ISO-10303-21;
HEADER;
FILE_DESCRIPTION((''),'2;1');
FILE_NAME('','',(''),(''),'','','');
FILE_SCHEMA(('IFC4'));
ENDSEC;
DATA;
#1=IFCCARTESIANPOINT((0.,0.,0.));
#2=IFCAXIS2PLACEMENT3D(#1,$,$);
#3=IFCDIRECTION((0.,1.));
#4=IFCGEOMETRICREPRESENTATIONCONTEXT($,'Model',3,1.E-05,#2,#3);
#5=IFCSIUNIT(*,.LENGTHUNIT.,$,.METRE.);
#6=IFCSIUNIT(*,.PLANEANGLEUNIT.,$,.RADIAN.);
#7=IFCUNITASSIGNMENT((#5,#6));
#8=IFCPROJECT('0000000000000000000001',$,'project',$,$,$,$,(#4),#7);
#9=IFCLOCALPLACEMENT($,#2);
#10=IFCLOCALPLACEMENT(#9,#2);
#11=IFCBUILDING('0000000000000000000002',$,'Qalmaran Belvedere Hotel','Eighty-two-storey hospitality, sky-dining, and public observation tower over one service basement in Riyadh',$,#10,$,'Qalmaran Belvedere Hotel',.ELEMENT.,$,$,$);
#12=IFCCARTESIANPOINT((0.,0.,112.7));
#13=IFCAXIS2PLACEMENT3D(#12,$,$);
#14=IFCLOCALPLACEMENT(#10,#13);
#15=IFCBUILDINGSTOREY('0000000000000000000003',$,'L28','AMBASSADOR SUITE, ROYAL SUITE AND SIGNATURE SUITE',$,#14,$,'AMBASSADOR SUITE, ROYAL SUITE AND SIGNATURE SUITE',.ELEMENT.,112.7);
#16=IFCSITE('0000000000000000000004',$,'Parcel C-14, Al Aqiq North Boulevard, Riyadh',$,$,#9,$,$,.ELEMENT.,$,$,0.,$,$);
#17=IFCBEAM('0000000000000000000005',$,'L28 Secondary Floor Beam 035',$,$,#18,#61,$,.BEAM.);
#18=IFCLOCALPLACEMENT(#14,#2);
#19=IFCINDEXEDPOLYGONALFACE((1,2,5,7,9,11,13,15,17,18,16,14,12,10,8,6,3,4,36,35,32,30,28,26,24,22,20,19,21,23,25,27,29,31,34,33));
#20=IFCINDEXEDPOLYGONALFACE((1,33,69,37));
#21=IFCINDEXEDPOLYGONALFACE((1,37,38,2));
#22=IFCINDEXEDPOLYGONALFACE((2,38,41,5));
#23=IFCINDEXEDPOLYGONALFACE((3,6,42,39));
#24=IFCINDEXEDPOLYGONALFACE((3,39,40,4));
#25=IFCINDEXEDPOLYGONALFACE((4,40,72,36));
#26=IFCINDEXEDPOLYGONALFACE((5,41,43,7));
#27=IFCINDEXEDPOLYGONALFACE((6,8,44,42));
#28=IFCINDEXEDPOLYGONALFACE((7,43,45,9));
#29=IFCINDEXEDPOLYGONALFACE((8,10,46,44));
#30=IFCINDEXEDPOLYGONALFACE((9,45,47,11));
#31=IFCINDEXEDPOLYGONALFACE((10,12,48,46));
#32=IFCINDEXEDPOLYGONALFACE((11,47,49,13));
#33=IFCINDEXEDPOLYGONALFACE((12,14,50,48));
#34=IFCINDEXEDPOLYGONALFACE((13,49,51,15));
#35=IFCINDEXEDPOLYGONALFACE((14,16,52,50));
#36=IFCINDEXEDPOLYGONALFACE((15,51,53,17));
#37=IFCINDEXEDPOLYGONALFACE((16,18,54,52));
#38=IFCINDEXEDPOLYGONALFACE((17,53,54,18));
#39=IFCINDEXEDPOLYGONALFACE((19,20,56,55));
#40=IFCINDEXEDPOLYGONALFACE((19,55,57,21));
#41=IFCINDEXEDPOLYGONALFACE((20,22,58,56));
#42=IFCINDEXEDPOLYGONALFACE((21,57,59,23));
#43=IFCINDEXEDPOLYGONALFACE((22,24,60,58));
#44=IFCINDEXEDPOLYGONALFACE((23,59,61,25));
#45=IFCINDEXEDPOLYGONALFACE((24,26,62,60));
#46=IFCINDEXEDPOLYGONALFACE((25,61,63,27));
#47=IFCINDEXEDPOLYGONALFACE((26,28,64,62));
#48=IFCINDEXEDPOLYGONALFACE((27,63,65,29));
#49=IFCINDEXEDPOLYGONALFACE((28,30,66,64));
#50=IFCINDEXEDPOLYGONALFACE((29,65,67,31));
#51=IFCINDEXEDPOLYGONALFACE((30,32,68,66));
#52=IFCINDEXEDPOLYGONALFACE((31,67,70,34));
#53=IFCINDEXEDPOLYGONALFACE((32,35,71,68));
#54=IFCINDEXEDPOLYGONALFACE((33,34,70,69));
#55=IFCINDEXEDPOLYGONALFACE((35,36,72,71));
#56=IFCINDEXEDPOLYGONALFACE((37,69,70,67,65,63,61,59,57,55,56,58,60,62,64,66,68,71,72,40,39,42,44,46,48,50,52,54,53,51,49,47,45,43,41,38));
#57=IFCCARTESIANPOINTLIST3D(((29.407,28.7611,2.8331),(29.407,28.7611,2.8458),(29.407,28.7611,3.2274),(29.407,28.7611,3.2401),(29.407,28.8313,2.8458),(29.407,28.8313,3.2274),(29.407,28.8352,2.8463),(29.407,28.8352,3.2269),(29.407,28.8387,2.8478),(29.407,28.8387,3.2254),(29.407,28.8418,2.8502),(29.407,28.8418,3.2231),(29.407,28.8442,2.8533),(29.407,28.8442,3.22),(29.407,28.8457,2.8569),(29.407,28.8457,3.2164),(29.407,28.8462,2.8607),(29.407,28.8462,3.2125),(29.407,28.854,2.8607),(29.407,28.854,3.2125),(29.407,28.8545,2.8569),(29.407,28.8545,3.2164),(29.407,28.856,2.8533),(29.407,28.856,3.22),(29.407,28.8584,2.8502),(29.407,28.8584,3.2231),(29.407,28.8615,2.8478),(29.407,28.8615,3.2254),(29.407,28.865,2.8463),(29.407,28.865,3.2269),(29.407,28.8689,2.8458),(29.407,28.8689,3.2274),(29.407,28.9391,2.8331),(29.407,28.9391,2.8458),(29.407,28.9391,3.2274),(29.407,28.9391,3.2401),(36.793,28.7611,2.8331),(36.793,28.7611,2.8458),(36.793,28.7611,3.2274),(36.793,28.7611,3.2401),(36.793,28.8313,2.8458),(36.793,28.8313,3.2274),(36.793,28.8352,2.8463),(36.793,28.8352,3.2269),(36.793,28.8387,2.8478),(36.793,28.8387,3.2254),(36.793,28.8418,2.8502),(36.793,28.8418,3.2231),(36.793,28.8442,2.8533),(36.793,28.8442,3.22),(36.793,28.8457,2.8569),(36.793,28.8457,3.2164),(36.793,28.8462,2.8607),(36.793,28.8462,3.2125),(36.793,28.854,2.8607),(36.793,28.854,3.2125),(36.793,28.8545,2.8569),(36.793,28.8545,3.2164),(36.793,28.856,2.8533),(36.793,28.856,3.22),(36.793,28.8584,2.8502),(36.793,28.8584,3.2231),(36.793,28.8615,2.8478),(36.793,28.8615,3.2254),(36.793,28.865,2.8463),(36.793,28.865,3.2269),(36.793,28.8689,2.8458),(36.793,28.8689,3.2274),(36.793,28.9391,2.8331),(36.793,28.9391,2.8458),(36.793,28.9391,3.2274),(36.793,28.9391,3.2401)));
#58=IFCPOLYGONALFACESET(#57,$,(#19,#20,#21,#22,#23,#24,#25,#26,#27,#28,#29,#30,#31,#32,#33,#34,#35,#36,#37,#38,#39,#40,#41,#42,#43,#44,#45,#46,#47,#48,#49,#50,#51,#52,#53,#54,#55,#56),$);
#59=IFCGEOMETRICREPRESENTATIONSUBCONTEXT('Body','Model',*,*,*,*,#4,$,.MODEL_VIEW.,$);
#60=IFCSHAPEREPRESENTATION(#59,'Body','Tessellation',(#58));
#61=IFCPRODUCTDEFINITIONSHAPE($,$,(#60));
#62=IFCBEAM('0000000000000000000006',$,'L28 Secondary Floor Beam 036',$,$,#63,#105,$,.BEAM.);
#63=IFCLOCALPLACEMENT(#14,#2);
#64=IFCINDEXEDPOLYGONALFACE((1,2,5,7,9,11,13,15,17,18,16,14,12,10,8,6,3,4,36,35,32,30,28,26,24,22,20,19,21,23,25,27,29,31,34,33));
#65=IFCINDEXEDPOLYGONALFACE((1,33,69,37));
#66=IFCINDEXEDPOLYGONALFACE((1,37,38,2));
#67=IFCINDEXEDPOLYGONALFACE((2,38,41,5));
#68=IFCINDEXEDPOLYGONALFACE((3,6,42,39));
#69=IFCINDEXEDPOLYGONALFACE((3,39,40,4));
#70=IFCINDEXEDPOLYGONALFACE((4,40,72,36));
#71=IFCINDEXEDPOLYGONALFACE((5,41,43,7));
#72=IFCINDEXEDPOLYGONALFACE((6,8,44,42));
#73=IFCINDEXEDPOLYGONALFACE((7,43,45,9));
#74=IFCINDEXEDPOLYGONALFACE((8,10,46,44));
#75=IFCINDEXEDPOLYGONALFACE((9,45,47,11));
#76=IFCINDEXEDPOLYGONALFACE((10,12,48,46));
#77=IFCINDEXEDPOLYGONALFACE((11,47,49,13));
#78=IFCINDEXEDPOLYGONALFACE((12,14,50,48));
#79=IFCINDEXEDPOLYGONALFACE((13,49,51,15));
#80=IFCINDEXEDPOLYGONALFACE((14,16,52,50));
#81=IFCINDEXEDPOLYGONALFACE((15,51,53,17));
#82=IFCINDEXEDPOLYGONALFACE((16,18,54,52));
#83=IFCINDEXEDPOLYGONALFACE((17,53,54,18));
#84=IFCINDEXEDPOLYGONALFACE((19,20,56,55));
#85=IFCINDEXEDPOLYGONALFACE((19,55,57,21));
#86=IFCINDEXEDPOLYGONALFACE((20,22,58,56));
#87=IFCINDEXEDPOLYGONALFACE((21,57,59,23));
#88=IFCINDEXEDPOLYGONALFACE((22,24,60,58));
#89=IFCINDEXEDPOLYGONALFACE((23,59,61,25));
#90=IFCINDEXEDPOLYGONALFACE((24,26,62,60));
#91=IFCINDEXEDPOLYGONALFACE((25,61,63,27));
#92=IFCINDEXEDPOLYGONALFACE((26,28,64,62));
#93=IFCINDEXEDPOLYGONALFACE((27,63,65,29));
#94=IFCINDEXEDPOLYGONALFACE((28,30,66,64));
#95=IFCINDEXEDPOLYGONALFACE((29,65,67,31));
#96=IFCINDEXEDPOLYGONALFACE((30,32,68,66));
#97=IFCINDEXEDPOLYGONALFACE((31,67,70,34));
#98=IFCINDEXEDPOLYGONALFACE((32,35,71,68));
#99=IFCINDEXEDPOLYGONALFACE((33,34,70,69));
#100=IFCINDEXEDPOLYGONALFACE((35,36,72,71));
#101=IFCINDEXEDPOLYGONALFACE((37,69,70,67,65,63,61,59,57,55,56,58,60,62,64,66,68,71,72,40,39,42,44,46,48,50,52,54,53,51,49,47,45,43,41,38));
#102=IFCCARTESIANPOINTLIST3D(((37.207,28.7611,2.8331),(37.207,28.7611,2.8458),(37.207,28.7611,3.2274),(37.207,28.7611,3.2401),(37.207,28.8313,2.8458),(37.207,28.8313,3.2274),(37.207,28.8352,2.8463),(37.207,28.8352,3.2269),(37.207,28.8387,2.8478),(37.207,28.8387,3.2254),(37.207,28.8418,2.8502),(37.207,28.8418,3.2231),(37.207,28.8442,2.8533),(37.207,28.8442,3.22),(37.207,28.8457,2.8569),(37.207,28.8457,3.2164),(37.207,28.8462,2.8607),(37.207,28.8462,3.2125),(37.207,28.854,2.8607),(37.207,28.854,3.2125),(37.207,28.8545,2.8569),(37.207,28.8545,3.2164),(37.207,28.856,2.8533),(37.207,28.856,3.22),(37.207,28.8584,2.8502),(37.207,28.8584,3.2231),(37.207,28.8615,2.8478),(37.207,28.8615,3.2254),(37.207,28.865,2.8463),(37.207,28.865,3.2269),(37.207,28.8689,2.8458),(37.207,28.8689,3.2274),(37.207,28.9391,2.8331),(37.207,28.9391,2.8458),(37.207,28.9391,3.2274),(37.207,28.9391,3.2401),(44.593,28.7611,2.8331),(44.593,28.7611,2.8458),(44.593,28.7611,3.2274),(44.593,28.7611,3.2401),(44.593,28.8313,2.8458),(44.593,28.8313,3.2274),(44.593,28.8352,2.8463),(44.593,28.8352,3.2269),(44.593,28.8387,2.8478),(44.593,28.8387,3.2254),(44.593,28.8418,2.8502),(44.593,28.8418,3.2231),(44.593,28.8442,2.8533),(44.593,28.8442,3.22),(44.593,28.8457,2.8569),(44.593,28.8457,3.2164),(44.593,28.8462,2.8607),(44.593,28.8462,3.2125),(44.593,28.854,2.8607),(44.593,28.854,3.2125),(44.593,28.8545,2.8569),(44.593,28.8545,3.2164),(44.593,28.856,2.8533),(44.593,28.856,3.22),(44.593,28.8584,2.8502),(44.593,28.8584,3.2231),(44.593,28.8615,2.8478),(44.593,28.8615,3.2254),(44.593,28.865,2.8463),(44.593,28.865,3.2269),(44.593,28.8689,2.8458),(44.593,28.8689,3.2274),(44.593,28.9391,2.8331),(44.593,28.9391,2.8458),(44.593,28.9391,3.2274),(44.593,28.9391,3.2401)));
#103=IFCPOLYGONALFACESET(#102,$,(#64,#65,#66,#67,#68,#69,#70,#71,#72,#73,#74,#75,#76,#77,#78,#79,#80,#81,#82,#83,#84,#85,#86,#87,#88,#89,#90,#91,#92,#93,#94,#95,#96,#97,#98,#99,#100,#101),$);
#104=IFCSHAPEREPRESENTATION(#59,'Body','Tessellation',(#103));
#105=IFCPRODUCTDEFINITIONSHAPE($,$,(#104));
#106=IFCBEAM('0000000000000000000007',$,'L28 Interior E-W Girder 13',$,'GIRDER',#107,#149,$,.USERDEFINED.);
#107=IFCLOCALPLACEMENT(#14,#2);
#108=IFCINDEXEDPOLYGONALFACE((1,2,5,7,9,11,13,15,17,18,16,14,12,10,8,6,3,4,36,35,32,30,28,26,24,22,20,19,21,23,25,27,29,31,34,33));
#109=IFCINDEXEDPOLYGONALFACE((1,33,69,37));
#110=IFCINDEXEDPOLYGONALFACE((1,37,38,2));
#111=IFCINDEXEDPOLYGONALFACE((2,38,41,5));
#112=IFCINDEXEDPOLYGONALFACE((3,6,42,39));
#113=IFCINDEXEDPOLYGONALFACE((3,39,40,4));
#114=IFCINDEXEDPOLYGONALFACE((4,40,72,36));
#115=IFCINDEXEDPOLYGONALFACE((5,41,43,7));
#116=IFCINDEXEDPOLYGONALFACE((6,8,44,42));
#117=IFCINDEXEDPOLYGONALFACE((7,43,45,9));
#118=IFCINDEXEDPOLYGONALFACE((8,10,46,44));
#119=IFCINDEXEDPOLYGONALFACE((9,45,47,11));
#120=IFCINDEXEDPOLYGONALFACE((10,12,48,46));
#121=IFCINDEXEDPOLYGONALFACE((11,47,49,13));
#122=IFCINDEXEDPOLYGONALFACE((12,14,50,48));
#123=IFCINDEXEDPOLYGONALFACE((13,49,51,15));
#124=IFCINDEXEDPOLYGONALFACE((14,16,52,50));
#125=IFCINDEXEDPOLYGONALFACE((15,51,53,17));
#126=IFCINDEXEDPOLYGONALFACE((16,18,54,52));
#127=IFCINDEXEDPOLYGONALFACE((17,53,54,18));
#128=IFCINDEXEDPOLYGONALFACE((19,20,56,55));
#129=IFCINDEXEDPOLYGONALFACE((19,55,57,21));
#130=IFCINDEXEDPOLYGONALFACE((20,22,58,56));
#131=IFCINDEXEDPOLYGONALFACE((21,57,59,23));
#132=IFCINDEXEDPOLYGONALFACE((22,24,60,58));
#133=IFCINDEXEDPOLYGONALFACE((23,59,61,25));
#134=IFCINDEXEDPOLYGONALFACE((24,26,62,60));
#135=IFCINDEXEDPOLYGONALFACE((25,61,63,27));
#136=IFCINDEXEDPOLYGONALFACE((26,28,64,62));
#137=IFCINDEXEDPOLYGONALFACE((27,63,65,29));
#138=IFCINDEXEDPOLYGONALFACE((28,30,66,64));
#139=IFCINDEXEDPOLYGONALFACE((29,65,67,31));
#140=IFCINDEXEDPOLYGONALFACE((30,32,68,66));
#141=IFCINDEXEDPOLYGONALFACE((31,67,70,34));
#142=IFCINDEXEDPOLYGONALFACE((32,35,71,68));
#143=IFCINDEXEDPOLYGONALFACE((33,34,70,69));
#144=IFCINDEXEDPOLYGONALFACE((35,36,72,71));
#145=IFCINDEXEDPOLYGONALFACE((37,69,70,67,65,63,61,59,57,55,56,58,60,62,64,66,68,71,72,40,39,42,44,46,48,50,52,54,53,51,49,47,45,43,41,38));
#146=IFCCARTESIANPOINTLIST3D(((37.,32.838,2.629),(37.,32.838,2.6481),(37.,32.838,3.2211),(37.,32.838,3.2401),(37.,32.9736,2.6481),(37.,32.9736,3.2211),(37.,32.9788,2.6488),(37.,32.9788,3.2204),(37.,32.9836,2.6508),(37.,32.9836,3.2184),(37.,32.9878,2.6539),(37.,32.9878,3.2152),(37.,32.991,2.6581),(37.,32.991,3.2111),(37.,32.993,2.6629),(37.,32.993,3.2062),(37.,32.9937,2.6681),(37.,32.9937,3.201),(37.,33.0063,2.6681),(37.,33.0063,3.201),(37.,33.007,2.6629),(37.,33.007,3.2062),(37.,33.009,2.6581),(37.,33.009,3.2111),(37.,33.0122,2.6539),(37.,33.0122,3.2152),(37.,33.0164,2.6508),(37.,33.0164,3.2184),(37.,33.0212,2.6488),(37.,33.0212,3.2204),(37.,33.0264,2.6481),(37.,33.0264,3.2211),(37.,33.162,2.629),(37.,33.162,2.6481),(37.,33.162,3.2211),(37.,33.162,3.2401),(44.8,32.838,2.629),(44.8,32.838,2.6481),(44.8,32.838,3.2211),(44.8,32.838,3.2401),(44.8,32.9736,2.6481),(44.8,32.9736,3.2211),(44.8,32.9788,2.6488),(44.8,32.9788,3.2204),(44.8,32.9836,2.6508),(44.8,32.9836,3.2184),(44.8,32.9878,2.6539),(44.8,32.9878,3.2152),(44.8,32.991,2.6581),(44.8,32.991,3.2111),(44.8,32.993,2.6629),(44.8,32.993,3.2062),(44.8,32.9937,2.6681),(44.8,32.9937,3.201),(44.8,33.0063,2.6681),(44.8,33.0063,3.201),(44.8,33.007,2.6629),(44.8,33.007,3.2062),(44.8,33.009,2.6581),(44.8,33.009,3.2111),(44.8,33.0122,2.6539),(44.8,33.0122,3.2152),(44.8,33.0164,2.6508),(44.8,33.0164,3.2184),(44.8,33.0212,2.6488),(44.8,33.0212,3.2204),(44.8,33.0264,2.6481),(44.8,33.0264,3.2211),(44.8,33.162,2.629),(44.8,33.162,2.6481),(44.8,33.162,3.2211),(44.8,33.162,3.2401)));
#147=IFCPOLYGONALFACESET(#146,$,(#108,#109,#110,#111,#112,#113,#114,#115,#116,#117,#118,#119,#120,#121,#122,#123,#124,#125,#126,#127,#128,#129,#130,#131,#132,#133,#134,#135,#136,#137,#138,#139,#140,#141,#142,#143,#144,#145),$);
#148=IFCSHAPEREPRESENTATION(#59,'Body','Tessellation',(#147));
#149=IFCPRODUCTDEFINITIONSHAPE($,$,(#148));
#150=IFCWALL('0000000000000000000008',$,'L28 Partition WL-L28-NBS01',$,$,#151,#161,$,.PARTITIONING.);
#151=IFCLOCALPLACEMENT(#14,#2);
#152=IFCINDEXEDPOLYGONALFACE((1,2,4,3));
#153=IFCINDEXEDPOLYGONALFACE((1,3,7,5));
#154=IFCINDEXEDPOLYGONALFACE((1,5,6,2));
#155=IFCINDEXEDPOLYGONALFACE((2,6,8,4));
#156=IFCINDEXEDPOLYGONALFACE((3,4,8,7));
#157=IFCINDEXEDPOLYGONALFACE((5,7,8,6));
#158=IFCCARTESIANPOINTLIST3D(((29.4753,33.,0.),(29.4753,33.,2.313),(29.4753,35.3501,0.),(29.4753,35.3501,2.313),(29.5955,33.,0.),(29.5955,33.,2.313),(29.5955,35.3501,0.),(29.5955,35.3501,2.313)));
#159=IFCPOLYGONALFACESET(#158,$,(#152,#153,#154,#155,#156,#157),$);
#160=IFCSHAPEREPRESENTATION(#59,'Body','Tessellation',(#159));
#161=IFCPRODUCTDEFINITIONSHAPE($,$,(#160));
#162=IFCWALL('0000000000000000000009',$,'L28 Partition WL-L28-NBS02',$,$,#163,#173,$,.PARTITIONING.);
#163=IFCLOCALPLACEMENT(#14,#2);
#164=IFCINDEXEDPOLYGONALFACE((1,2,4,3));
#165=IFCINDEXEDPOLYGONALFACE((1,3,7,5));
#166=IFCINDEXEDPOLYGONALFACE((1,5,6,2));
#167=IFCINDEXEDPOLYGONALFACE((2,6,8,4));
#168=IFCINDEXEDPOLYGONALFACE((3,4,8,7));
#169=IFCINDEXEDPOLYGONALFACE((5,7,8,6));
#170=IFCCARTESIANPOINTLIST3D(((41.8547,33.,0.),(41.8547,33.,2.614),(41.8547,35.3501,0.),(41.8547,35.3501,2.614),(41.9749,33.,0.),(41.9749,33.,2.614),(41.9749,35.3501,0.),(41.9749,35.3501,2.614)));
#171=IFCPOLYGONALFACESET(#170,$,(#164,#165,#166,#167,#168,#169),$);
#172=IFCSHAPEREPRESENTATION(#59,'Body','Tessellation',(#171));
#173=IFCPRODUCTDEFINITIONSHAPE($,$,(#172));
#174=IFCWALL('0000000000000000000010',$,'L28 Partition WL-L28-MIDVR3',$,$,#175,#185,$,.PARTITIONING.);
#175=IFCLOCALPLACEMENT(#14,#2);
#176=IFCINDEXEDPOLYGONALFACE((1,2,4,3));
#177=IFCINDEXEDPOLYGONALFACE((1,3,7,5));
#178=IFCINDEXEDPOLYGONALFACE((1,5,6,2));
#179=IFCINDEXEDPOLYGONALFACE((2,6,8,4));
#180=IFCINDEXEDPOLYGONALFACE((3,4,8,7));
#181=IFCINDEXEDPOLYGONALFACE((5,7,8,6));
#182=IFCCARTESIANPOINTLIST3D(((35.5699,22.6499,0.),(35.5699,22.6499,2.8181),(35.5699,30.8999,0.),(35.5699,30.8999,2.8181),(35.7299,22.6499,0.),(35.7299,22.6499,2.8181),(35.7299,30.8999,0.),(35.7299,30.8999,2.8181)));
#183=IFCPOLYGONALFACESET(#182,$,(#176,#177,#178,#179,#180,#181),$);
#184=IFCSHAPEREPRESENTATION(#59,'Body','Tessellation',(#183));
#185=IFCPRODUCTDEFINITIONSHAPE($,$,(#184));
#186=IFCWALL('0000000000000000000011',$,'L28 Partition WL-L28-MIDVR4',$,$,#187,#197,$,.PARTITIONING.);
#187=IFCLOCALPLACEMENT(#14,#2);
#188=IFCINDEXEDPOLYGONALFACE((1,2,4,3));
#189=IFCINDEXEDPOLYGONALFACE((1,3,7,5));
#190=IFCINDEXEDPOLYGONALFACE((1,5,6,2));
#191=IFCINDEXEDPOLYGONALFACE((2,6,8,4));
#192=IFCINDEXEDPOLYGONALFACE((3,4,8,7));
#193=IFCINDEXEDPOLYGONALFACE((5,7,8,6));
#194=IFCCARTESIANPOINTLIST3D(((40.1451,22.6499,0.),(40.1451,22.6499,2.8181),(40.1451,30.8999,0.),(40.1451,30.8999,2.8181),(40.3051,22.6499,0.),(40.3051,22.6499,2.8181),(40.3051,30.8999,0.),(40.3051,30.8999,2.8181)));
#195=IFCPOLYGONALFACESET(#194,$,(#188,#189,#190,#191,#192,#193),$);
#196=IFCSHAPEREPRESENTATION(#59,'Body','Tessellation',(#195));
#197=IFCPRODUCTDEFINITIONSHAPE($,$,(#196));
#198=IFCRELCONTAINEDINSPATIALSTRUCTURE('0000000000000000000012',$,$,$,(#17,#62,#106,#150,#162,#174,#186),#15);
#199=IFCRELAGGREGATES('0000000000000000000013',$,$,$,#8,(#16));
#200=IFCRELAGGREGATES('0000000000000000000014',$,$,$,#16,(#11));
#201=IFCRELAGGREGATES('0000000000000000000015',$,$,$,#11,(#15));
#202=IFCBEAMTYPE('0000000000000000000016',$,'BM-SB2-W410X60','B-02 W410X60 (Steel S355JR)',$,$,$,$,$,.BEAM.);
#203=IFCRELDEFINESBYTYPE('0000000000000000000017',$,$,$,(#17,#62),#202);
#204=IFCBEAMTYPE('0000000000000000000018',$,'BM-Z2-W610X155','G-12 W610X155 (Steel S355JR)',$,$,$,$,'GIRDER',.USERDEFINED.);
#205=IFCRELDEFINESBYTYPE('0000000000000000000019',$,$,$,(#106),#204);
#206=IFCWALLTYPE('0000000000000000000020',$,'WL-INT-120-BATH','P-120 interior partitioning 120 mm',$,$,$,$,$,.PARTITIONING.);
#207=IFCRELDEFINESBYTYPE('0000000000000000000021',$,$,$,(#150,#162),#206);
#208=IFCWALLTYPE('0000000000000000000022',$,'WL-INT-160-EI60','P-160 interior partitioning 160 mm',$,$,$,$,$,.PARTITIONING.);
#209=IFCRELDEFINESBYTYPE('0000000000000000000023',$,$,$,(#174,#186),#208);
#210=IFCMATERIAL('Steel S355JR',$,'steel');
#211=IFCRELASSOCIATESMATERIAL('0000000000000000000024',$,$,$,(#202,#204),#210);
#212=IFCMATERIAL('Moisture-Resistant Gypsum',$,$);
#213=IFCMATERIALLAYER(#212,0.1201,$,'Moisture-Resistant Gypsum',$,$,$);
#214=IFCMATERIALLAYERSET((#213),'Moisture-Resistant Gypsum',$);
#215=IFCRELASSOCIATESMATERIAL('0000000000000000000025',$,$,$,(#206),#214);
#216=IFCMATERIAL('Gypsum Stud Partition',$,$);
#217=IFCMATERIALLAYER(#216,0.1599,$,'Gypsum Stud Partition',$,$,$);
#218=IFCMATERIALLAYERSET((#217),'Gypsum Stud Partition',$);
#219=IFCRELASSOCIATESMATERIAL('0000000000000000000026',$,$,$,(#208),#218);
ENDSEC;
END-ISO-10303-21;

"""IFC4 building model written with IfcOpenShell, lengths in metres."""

from ifc_helpers import new_model, si_unit, direction, frame, frame_2d, origin, origin_2d, place, context, subcontext, project, spatial, rectangle, i_section, extrude, material, layer, layer_set, material_profile, profile_set, type_object, element, save


model = new_model("IFC4")

# Units and contexts
model_context = context("Model", 3, precision=1e-05, world=origin(), true_north=direction((0.0, 1.0)))
body_context = subcontext(model_context, "Body", "Model", "MODEL_VIEW")
ifc_project = project(units=[si_unit("LENGTHUNIT", "METRE"), si_unit("PLANEANGLEUNIT", "RADIAN")], contexts=[model_context])

# Site, building, storey
site_placement = place(None, origin())
site = spatial("IfcSite", under=ifc_project, at=site_placement, Name="Parcel C-14, Al Aqiq North Boulevard, Riyadh", CompositionType="ELEMENT", RefElevation=0.0)
building_placement = place(site_placement, origin())
building = spatial("IfcBuilding", under=site, at=building_placement, Name="Qalmaran Belvedere Hotel", Description="Eighty-two-storey hospitality, sky-dining, and public observation tower over one service basement in Riyadh", LongName="Qalmaran Belvedere Hotel", CompositionType="ELEMENT")
storey_placement = place(building_placement, frame((0.0, 0.0, 112.7)))
storey = spatial("IfcBuildingStorey", under=building, at=storey_placement, Name="L28", Description="AMBASSADOR SUITE, ROYAL SUITE AND SIGNATURE SUITE", LongName="AMBASSADOR SUITE, ROYAL SUITE AND SIGNATURE SUITE", CompositionType="ELEMENT", Elevation=112.7)

# Beams
ifc_material_1 = material(Name="Steel S355JR", Category="steel")
ifc_material_profile_1 = material_profile(ifc_material_1, i_section(OverallWidth=0.178, OverallDepth=0.407, WebThickness=0.0078, FlangeThickness=0.0127, FilletRadius=0.0149, at=origin_2d()), Name="W410X60")
ifc_profile_set_1 = profile_set([ifc_material_profile_1], Name="Steel S355JR")
beam_type_1 = type_object("IfcBeamType", Name="BM-SB2-W410X60", Description="B-02 W410X60 (Steel S355JR)", PredefinedType="BEAM", material=ifc_profile_set_1)
for number, where, z_axis, x_axis, name in (
    (1, (29.407, 28.8501, 3.0366), (1.0, 0.0, 0.0), (0.0, 1.0, 0.0), "L28 Secondary Floor Beam 035"),
    (2, (37.207, 28.8501, 3.0366), (1.0, 0.0, 0.0), (0.0, 1.0, 0.0), "L28 Secondary Floor Beam 036"),
):
    element("IfcBeam", number, at=place(storey_placement, frame(where, z_axis=z_axis, x_axis=x_axis)), inside=storey, type_object=beam_type_1, Name=name, PredefinedType="BEAM", context=body_context, shape_type="SweptSolid", body=[
        extrude(i_section(OverallWidth=0.178, OverallDepth=0.407, WebThickness=0.0078, FlangeThickness=0.0127, FilletRadius=0.0149, at=origin_2d()), origin(), (0.0, 0.0, 1.0), 7.386),
    ])
ifc_material_profile_2 = material_profile(ifc_material_1, i_section(OverallWidth=0.324, OverallDepth=0.6111, WebThickness=0.0127, FlangeThickness=0.019, FilletRadius=0.02, at=origin_2d()), Name="W610X155")
ifc_profile_set_2 = profile_set([ifc_material_profile_2], Name="Steel S355JR")
beam_type_2 = type_object("IfcBeamType", Name="BM-Z2-W610X155", Description="G-12 W610X155 (Steel S355JR)", ElementType="GIRDER", PredefinedType="USERDEFINED", material=ifc_profile_set_2)
beam_1_placement = place(storey_placement, frame((37.0, 33.0, 2.9346), z_axis=(1.0, 0.0, 0.0), x_axis=(0.0, 1.0, 0.0)))
element("IfcBeam", 3, at=beam_1_placement, inside=storey, type_object=beam_type_2, Name="L28 Interior E-W Girder 13", ObjectType="GIRDER", PredefinedType="USERDEFINED", context=body_context, shape_type="SweptSolid", body=[
    extrude(i_section(OverallWidth=0.324, OverallDepth=0.6111, WebThickness=0.0127, FlangeThickness=0.019, FilletRadius=0.02, at=origin_2d()), origin(), (0.0, 0.0, 1.0), 7.8),
])

# Walls
ifc_material_2 = material(Name="Moisture-Resistant Gypsum")
ifc_layer_1 = layer(ifc_material_2, 0.1201, Name="Moisture-Resistant Gypsum")
ifc_layer_set_1 = layer_set([ifc_layer_1], Name="Moisture-Resistant Gypsum")
wall_type_1 = type_object("IfcWallType", Name="WL-INT-120-BATH", Description="P-120 interior partitioning 120 mm", PredefinedType="PARTITIONING", material=ifc_layer_set_1)
wall_1_placement = place(storey_placement, frame((29.5354, 33.0, 0.0), z_axis=(0.0, 0.0, 1.0), x_axis=(0.0, 1.0, 0.0)))
element("IfcWall", 4, at=wall_1_placement, inside=storey, type_object=wall_type_1, Name="L28 Partition WL-L28-NBS01", PredefinedType="PARTITIONING", context=body_context, shape_type="SweptSolid", body=[
    extrude(rectangle(XDim=2.3501, YDim=0.1201, at=frame_2d((1.175, 0.0))), origin(), (0.0, 0.0, 1.0), 2.313),
])
wall_2_placement = place(storey_placement, frame((41.9148, 33.0, 0.0), z_axis=(0.0, 0.0, 1.0), x_axis=(0.0, 1.0, 0.0)))
element("IfcWall", 5, at=wall_2_placement, inside=storey, type_object=wall_type_1, Name="L28 Partition WL-L28-NBS02", PredefinedType="PARTITIONING", context=body_context, shape_type="SweptSolid", body=[
    extrude(rectangle(XDim=2.3501, YDim=0.1201, at=frame_2d((1.175, 0.0))), origin(), (0.0, 0.0, 1.0), 2.614),
])
ifc_material_3 = material(Name="Gypsum Stud Partition")
ifc_layer_2 = layer(ifc_material_3, 0.1599, Name="Gypsum Stud Partition")
ifc_layer_set_2 = layer_set([ifc_layer_2], Name="Gypsum Stud Partition")
wall_type_2 = type_object("IfcWallType", Name="WL-INT-160-EI60", Description="P-160 interior partitioning 160 mm", PredefinedType="PARTITIONING", material=ifc_layer_set_2)
for number, where, z_axis, x_axis, name in (
    (6, (35.6499, 22.6499, 0.0), (0.0, 0.0, 1.0), (0.0, 1.0, 0.0), "L28 Partition WL-L28-MIDVR3"),
    (7, (40.2251, 22.6499, 0.0), (0.0, 0.0, 1.0), (0.0, 1.0, 0.0), "L28 Partition WL-L28-MIDVR4"),
):
    element("IfcWall", number, at=place(storey_placement, frame(where, z_axis=z_axis, x_axis=x_axis)), inside=storey, type_object=wall_type_2, Name=name, PredefinedType="PARTITIONING", context=body_context, shape_type="SweptSolid", body=[
        extrude(rectangle(XDim=8.25, YDim=0.1599, at=frame_2d((4.125, 0.0))), origin(), (0.0, 0.0, 1.0), 2.8181),
    ])

save(model, "model.ifc")
